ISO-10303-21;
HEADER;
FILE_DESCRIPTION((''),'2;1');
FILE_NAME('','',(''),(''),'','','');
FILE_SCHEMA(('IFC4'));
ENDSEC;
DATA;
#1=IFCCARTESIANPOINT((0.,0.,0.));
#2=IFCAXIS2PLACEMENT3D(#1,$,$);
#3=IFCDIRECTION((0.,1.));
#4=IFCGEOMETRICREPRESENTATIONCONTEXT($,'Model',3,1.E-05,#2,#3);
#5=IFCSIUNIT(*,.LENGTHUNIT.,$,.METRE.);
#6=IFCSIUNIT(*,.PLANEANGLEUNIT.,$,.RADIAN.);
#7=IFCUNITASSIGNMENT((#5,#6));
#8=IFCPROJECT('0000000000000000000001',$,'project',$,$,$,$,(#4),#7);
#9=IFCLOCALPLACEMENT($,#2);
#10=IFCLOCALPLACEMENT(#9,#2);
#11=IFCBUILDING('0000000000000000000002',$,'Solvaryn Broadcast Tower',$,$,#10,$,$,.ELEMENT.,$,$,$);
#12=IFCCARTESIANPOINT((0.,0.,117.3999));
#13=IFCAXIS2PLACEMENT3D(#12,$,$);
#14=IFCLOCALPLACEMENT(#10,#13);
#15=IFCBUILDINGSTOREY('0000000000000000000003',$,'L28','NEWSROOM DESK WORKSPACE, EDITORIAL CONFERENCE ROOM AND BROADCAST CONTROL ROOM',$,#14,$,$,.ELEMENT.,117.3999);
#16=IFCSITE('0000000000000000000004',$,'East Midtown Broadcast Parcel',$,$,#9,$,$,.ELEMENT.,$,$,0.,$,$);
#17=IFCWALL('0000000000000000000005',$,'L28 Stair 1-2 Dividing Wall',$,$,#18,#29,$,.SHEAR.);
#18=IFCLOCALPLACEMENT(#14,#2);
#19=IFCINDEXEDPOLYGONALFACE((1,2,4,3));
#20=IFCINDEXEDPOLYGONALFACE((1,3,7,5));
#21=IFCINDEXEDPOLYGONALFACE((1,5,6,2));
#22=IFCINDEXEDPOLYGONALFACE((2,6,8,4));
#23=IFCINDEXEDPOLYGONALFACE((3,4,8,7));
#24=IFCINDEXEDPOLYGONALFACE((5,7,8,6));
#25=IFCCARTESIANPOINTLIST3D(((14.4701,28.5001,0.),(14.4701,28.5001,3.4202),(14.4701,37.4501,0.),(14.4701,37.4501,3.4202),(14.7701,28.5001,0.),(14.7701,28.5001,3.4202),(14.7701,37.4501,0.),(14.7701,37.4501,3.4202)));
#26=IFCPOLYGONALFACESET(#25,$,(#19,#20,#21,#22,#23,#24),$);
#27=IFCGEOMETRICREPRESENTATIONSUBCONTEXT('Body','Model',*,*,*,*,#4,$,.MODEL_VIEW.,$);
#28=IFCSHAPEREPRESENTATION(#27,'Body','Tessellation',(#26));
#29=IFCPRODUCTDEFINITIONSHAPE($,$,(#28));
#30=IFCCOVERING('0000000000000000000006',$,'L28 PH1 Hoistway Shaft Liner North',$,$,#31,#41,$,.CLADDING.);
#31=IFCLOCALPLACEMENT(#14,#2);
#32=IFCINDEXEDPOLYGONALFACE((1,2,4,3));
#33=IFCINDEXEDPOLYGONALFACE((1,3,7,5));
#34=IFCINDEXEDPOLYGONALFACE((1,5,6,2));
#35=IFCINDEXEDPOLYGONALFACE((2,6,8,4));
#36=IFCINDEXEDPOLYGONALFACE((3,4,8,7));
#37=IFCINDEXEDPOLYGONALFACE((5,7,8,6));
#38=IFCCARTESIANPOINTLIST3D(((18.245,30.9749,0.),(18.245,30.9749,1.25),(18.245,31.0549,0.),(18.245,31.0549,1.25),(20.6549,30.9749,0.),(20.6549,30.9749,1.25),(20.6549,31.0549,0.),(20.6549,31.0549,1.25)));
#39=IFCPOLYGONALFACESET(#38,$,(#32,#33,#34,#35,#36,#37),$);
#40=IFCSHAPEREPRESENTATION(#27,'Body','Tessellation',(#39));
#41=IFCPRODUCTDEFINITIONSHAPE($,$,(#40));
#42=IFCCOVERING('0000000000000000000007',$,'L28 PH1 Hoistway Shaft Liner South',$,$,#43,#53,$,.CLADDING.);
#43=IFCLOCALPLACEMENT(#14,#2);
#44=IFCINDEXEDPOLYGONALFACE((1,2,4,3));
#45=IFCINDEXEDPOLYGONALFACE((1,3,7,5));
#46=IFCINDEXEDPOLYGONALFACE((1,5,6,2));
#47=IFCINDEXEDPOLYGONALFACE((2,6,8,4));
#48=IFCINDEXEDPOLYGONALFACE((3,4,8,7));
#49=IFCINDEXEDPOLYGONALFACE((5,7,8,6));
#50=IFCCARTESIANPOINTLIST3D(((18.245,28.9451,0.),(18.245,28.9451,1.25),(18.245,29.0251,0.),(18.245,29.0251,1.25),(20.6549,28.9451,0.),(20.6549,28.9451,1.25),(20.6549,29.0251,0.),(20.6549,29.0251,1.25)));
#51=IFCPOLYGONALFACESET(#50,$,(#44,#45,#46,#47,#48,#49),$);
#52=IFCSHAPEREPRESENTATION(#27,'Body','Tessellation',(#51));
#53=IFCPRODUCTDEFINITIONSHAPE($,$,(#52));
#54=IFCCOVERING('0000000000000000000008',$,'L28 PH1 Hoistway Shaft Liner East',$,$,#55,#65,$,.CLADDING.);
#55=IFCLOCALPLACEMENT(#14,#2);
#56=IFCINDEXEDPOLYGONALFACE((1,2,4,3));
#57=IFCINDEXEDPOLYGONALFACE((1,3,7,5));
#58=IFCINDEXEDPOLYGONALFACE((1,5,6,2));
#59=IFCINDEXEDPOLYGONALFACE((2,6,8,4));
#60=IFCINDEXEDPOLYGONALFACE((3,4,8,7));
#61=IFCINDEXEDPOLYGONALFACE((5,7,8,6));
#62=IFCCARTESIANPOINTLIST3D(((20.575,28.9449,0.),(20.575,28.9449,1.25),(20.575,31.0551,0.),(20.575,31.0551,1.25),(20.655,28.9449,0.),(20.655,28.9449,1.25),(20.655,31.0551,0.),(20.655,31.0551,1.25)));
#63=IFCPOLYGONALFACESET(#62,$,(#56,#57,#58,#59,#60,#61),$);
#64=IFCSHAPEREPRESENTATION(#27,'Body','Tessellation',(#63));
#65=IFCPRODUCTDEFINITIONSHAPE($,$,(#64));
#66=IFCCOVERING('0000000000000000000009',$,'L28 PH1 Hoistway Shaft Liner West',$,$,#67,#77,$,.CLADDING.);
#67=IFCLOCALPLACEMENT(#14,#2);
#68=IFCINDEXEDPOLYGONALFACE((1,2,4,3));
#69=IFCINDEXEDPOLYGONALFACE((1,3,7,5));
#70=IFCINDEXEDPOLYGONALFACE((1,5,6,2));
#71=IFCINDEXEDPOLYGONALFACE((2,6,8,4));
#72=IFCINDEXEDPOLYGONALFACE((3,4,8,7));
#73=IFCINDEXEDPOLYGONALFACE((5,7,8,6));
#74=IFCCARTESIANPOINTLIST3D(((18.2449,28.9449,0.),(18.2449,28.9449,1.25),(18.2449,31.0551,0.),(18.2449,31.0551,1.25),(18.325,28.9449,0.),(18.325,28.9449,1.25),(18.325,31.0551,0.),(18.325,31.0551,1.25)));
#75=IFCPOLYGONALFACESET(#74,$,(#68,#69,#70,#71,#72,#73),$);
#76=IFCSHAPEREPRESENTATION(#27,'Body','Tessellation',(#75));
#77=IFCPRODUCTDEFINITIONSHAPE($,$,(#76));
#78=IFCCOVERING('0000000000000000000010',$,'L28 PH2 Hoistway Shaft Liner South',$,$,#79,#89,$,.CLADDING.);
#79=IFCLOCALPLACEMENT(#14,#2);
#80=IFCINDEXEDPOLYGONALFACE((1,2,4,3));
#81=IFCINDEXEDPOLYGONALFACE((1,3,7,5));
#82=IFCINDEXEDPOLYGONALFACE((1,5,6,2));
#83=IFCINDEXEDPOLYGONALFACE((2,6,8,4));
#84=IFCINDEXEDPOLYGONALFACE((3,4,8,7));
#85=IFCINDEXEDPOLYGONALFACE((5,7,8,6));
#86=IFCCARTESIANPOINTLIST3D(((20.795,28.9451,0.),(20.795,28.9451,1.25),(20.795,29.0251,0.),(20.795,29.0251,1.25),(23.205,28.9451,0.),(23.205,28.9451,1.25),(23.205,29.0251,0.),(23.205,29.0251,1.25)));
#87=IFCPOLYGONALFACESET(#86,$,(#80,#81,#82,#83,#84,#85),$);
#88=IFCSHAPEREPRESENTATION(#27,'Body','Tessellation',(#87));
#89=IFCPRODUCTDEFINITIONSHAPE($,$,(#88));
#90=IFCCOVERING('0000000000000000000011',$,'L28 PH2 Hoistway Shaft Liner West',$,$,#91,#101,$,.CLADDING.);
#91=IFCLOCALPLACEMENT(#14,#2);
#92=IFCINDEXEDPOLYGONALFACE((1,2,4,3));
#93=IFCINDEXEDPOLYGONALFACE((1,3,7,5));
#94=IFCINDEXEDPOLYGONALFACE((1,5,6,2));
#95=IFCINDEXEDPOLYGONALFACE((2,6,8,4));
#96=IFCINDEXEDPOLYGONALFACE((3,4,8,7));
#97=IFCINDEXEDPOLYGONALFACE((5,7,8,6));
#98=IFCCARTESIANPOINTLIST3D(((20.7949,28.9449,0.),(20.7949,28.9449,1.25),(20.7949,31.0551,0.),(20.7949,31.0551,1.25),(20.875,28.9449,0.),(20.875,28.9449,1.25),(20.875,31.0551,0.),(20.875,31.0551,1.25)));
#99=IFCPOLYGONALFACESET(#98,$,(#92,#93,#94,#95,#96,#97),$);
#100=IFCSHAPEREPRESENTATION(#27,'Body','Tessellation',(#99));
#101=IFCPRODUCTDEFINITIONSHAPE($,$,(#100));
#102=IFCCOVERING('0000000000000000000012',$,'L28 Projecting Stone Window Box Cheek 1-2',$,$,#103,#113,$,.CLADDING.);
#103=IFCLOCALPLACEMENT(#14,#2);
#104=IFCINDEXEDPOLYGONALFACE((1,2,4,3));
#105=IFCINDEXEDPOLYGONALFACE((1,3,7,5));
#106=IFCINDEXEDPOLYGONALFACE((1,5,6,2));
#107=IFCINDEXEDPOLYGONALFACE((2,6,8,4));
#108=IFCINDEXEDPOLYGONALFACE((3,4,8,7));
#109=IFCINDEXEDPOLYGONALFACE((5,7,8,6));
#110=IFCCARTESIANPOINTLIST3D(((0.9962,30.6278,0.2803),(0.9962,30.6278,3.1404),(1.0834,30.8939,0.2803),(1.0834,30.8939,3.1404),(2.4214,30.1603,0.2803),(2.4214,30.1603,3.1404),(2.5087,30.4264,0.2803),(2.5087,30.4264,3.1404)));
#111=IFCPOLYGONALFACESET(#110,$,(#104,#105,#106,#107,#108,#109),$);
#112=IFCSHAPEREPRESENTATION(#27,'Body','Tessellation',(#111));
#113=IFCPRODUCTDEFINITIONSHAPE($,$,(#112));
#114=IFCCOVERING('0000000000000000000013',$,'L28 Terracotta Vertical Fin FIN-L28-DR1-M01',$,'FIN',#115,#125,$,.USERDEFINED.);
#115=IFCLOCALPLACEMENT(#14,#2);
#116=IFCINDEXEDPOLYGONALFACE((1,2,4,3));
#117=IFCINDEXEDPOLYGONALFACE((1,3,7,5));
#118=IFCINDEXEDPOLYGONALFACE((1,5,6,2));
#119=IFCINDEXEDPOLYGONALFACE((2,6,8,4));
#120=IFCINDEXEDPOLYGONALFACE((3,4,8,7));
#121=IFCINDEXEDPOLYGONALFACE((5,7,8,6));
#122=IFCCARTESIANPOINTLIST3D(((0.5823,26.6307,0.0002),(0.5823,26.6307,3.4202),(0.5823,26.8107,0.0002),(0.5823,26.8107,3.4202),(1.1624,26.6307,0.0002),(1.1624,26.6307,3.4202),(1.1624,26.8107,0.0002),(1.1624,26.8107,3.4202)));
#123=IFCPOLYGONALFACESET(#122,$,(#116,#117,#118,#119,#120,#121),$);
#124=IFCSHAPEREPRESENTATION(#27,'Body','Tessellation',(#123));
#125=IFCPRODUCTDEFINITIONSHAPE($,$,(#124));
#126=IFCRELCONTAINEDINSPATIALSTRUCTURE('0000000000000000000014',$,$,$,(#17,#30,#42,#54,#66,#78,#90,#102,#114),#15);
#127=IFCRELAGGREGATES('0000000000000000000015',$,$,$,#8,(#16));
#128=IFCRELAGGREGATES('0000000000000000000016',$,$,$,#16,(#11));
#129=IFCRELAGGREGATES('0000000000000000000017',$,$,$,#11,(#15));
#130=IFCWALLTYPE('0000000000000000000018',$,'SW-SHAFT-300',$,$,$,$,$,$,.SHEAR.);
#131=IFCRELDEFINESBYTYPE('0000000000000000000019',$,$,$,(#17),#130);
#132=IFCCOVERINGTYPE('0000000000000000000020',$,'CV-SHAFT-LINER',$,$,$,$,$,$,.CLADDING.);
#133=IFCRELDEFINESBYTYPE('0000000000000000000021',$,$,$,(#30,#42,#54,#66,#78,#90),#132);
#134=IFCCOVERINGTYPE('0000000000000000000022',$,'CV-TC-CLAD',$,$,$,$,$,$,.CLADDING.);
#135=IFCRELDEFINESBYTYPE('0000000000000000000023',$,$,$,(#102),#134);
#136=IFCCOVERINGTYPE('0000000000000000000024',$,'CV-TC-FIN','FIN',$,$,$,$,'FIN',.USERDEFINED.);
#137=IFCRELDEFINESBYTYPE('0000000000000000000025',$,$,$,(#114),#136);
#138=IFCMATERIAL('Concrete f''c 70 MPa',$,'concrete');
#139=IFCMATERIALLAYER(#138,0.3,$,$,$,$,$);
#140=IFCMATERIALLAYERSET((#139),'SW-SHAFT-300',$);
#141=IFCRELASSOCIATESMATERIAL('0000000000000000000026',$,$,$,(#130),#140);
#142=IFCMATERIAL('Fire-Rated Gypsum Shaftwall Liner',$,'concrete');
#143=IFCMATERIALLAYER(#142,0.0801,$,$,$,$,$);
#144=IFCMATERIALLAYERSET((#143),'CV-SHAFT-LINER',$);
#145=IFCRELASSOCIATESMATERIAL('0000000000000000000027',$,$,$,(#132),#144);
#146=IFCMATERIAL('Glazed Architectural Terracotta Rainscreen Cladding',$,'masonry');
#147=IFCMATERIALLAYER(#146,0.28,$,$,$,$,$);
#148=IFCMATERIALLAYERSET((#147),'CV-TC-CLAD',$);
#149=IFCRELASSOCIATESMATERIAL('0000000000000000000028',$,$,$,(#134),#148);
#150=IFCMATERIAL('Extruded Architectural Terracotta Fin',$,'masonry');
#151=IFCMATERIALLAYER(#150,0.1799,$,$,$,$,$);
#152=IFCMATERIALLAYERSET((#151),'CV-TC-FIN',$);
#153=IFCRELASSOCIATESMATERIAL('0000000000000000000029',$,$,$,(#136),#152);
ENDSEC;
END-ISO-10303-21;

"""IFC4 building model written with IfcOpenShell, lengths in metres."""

from ifc_helpers import new_model, si_unit, direction, frame, frame_2d, origin, origin_2d, place, context, subcontext, project, spatial, rectangle, extrude, material, layer, layer_set, type_object, element, save


model = new_model("IFC4")

# Units and contexts
model_context = context("Model", 3, precision=1e-05, world=origin(), true_north=direction((0.0, 1.0)))
body_context = subcontext(model_context, "Body", "Model", "MODEL_VIEW")
ifc_project = project(units=[si_unit("LENGTHUNIT", "METRE"), si_unit("PLANEANGLEUNIT", "RADIAN")], contexts=[model_context])

# Site, building, storey
site_placement = place(None, origin())
site = spatial("IfcSite", under=ifc_project, at=site_placement, Name="East Midtown Broadcast Parcel", CompositionType="ELEMENT", RefElevation=0.0)
building_placement = place(site_placement, origin())
building = spatial("IfcBuilding", under=site, at=building_placement, Name="Solvaryn Broadcast Tower", CompositionType="ELEMENT")
storey_placement = place(building_placement, frame((0.0, 0.0, 117.3999)))
storey = spatial("IfcBuildingStorey", under=building, at=storey_placement, Name="L28", Description="NEWSROOM DESK WORKSPACE, EDITORIAL CONFERENCE ROOM AND BROADCAST CONTROL ROOM", CompositionType="ELEMENT", Elevation=117.3999)

# Wall
ifc_material_1 = material(Name="Concrete f'c 70 MPa", Category="concrete")
ifc_layer_1 = layer(ifc_material_1, 0.3)
ifc_layer_set_1 = layer_set([ifc_layer_1], Name="SW-SHAFT-300")
wall_type_1 = type_object("IfcWallType", Name="SW-SHAFT-300", PredefinedType="SHEAR", material=ifc_layer_set_1)
wall_1_placement = place(storey_placement, frame((14.6201, 28.5, 0.0), z_axis=(0.0, 0.0, 1.0), x_axis=(0.0, 1.0, 0.0)))
element("IfcWall", 1, at=wall_1_placement, inside=storey, type_object=wall_type_1, Name="L28 Stair 1-2 Dividing Wall", PredefinedType="SHEAR", context=body_context, shape_type="SweptSolid", body=[
    extrude(rectangle(XDim=8.95, YDim=0.3, at=frame_2d((4.4751, 0.0))), origin(), (0.0, 0.0, 1.0), 3.4202),
])

# Coverings
ifc_material_2 = material(Name="Fire-Rated Gypsum Shaftwall Liner", Category="concrete")
ifc_layer_2 = layer(ifc_material_2, 0.0801)
ifc_layer_set_2 = layer_set([ifc_layer_2], Name="CV-SHAFT-LINER")
covering_type_1 = type_object("IfcCoveringType", Name="CV-SHAFT-LINER", PredefinedType="CLADDING", material=ifc_layer_set_2)
for number, where, z_axis, x_axis, name in (
    (2, (19.45, 31.0149, 0.0), (0.0, 0.0, 1.0), (1.0, 0.0, 0.0), "L28 PH1 Hoistway Shaft Liner North"),
    (3, (19.45, 28.9851, 0.0), (0.0, 0.0, 1.0), (1.0, 0.0, 0.0), "L28 PH1 Hoistway Shaft Liner South"),
):
    element("IfcCovering", number, at=place(storey_placement, frame(where, z_axis=z_axis, x_axis=x_axis)), inside=storey, type_object=covering_type_1, Name=name, PredefinedType="CLADDING", context=body_context, shape_type="SweptSolid", body=[
        extrude(rectangle(XDim=2.4099, YDim=0.0801, at=origin_2d()), origin(), (0.0, 0.0, 1.0), 1.25),
    ])
for number, where, z_axis, x_axis, name in (
    (4, (20.615, 30.0, 0.0), (0.0, 0.0, 1.0), (1.0, 0.0, 0.0), "L28 PH1 Hoistway Shaft Liner East"),
    (5, (18.2849, 30.0, 0.0), (0.0, 0.0, 1.0), (1.0, 0.0, 0.0), "L28 PH1 Hoistway Shaft Liner West"),
):
    element("IfcCovering", number, at=place(storey_placement, frame(where, z_axis=z_axis, x_axis=x_axis)), inside=storey, type_object=covering_type_1, Name=name, PredefinedType="CLADDING", context=body_context, shape_type="SweptSolid", body=[
        extrude(rectangle(XDim=0.0801, YDim=2.1101, at=origin_2d()), origin(), (0.0, 0.0, 1.0), 1.25),
    ])
covering_1_placement = place(storey_placement, frame((22.0, 28.9851, 0.0), z_axis=(0.0, 0.0, 1.0), x_axis=(1.0, 0.0, 0.0)))
element("IfcCovering", 6, at=covering_1_placement, inside=storey, type_object=covering_type_1, Name="L28 PH2 Hoistway Shaft Liner South", PredefinedType="CLADDING", context=body_context, shape_type="SweptSolid", body=[
    extrude(rectangle(XDim=2.4099, YDim=0.0801, at=origin_2d()), origin(), (0.0, 0.0, 1.0), 1.25),
])
covering_2_placement = place(storey_placement, frame((20.835, 30.0, 0.0), z_axis=(0.0, 0.0, 1.0), x_axis=(1.0, 0.0, 0.0)))
element("IfcCovering", 7, at=covering_2_placement, inside=storey, type_object=covering_type_1, Name="L28 PH2 Hoistway Shaft Liner West", PredefinedType="CLADDING", context=body_context, shape_type="SweptSolid", body=[
    extrude(rectangle(XDim=0.0801, YDim=2.1101, at=origin_2d()), origin(), (0.0, 0.0, 1.0), 1.25),
])
ifc_material_3 = material(Name="Glazed Architectural Terracotta Rainscreen Cladding", Category="masonry")
ifc_layer_3 = layer(ifc_material_3, 0.28)
ifc_layer_set_3 = layer_set([ifc_layer_3], Name="CV-TC-CLAD")
covering_type_2 = type_object("IfcCoveringType", Name="CV-TC-CLAD", PredefinedType="CLADDING", material=ifc_layer_set_3)
covering_3_placement = place(storey_placement, frame((1.7524, 30.5271, 0.2803), z_axis=(0.0, 0.0, 1.0), x_axis=(-0.311672, -0.95019, 0.0)))
element("IfcCovering", 8, at=covering_3_placement, inside=storey, type_object=covering_type_2, Name="L28 Projecting Stone Window Box Cheek 1-2", PredefinedType="CLADDING", context=body_context, shape_type="SweptSolid", body=[
    extrude(rectangle(XDim=0.28, YDim=1.5, at=origin_2d()), origin(), (0.0, 0.0, 1.0), 2.8601),
])
ifc_material_4 = material(Name="Extruded Architectural Terracotta Fin", Category="masonry")
ifc_layer_4 = layer(ifc_material_4, 0.1799)
ifc_layer_set_4 = layer_set([ifc_layer_4], Name="CV-TC-FIN")
covering_type_3 = type_object("IfcCoveringType", Name="CV-TC-FIN", Description="FIN", ElementType="FIN", PredefinedType="USERDEFINED", material=ifc_layer_set_4)
covering_4_placement = place(storey_placement, frame((0.8723, 26.7207, 0.0002), z_axis=(0.0, 0.0, 1.0), x_axis=(1.0, 0.0, 0.0)))
element("IfcCovering", 9, at=covering_4_placement, inside=storey, type_object=covering_type_3, Name="L28 Terracotta Vertical Fin FIN-L28-DR1-M01", ObjectType="FIN", PredefinedType="USERDEFINED", context=body_context, shape_type="SweptSolid", body=[
    extrude(rectangle(XDim=0.5801, YDim=0.1799, at=origin_2d()), origin(), (0.0, 0.0, 1.0), 3.4199),
])

save(model, "model.ifc")
